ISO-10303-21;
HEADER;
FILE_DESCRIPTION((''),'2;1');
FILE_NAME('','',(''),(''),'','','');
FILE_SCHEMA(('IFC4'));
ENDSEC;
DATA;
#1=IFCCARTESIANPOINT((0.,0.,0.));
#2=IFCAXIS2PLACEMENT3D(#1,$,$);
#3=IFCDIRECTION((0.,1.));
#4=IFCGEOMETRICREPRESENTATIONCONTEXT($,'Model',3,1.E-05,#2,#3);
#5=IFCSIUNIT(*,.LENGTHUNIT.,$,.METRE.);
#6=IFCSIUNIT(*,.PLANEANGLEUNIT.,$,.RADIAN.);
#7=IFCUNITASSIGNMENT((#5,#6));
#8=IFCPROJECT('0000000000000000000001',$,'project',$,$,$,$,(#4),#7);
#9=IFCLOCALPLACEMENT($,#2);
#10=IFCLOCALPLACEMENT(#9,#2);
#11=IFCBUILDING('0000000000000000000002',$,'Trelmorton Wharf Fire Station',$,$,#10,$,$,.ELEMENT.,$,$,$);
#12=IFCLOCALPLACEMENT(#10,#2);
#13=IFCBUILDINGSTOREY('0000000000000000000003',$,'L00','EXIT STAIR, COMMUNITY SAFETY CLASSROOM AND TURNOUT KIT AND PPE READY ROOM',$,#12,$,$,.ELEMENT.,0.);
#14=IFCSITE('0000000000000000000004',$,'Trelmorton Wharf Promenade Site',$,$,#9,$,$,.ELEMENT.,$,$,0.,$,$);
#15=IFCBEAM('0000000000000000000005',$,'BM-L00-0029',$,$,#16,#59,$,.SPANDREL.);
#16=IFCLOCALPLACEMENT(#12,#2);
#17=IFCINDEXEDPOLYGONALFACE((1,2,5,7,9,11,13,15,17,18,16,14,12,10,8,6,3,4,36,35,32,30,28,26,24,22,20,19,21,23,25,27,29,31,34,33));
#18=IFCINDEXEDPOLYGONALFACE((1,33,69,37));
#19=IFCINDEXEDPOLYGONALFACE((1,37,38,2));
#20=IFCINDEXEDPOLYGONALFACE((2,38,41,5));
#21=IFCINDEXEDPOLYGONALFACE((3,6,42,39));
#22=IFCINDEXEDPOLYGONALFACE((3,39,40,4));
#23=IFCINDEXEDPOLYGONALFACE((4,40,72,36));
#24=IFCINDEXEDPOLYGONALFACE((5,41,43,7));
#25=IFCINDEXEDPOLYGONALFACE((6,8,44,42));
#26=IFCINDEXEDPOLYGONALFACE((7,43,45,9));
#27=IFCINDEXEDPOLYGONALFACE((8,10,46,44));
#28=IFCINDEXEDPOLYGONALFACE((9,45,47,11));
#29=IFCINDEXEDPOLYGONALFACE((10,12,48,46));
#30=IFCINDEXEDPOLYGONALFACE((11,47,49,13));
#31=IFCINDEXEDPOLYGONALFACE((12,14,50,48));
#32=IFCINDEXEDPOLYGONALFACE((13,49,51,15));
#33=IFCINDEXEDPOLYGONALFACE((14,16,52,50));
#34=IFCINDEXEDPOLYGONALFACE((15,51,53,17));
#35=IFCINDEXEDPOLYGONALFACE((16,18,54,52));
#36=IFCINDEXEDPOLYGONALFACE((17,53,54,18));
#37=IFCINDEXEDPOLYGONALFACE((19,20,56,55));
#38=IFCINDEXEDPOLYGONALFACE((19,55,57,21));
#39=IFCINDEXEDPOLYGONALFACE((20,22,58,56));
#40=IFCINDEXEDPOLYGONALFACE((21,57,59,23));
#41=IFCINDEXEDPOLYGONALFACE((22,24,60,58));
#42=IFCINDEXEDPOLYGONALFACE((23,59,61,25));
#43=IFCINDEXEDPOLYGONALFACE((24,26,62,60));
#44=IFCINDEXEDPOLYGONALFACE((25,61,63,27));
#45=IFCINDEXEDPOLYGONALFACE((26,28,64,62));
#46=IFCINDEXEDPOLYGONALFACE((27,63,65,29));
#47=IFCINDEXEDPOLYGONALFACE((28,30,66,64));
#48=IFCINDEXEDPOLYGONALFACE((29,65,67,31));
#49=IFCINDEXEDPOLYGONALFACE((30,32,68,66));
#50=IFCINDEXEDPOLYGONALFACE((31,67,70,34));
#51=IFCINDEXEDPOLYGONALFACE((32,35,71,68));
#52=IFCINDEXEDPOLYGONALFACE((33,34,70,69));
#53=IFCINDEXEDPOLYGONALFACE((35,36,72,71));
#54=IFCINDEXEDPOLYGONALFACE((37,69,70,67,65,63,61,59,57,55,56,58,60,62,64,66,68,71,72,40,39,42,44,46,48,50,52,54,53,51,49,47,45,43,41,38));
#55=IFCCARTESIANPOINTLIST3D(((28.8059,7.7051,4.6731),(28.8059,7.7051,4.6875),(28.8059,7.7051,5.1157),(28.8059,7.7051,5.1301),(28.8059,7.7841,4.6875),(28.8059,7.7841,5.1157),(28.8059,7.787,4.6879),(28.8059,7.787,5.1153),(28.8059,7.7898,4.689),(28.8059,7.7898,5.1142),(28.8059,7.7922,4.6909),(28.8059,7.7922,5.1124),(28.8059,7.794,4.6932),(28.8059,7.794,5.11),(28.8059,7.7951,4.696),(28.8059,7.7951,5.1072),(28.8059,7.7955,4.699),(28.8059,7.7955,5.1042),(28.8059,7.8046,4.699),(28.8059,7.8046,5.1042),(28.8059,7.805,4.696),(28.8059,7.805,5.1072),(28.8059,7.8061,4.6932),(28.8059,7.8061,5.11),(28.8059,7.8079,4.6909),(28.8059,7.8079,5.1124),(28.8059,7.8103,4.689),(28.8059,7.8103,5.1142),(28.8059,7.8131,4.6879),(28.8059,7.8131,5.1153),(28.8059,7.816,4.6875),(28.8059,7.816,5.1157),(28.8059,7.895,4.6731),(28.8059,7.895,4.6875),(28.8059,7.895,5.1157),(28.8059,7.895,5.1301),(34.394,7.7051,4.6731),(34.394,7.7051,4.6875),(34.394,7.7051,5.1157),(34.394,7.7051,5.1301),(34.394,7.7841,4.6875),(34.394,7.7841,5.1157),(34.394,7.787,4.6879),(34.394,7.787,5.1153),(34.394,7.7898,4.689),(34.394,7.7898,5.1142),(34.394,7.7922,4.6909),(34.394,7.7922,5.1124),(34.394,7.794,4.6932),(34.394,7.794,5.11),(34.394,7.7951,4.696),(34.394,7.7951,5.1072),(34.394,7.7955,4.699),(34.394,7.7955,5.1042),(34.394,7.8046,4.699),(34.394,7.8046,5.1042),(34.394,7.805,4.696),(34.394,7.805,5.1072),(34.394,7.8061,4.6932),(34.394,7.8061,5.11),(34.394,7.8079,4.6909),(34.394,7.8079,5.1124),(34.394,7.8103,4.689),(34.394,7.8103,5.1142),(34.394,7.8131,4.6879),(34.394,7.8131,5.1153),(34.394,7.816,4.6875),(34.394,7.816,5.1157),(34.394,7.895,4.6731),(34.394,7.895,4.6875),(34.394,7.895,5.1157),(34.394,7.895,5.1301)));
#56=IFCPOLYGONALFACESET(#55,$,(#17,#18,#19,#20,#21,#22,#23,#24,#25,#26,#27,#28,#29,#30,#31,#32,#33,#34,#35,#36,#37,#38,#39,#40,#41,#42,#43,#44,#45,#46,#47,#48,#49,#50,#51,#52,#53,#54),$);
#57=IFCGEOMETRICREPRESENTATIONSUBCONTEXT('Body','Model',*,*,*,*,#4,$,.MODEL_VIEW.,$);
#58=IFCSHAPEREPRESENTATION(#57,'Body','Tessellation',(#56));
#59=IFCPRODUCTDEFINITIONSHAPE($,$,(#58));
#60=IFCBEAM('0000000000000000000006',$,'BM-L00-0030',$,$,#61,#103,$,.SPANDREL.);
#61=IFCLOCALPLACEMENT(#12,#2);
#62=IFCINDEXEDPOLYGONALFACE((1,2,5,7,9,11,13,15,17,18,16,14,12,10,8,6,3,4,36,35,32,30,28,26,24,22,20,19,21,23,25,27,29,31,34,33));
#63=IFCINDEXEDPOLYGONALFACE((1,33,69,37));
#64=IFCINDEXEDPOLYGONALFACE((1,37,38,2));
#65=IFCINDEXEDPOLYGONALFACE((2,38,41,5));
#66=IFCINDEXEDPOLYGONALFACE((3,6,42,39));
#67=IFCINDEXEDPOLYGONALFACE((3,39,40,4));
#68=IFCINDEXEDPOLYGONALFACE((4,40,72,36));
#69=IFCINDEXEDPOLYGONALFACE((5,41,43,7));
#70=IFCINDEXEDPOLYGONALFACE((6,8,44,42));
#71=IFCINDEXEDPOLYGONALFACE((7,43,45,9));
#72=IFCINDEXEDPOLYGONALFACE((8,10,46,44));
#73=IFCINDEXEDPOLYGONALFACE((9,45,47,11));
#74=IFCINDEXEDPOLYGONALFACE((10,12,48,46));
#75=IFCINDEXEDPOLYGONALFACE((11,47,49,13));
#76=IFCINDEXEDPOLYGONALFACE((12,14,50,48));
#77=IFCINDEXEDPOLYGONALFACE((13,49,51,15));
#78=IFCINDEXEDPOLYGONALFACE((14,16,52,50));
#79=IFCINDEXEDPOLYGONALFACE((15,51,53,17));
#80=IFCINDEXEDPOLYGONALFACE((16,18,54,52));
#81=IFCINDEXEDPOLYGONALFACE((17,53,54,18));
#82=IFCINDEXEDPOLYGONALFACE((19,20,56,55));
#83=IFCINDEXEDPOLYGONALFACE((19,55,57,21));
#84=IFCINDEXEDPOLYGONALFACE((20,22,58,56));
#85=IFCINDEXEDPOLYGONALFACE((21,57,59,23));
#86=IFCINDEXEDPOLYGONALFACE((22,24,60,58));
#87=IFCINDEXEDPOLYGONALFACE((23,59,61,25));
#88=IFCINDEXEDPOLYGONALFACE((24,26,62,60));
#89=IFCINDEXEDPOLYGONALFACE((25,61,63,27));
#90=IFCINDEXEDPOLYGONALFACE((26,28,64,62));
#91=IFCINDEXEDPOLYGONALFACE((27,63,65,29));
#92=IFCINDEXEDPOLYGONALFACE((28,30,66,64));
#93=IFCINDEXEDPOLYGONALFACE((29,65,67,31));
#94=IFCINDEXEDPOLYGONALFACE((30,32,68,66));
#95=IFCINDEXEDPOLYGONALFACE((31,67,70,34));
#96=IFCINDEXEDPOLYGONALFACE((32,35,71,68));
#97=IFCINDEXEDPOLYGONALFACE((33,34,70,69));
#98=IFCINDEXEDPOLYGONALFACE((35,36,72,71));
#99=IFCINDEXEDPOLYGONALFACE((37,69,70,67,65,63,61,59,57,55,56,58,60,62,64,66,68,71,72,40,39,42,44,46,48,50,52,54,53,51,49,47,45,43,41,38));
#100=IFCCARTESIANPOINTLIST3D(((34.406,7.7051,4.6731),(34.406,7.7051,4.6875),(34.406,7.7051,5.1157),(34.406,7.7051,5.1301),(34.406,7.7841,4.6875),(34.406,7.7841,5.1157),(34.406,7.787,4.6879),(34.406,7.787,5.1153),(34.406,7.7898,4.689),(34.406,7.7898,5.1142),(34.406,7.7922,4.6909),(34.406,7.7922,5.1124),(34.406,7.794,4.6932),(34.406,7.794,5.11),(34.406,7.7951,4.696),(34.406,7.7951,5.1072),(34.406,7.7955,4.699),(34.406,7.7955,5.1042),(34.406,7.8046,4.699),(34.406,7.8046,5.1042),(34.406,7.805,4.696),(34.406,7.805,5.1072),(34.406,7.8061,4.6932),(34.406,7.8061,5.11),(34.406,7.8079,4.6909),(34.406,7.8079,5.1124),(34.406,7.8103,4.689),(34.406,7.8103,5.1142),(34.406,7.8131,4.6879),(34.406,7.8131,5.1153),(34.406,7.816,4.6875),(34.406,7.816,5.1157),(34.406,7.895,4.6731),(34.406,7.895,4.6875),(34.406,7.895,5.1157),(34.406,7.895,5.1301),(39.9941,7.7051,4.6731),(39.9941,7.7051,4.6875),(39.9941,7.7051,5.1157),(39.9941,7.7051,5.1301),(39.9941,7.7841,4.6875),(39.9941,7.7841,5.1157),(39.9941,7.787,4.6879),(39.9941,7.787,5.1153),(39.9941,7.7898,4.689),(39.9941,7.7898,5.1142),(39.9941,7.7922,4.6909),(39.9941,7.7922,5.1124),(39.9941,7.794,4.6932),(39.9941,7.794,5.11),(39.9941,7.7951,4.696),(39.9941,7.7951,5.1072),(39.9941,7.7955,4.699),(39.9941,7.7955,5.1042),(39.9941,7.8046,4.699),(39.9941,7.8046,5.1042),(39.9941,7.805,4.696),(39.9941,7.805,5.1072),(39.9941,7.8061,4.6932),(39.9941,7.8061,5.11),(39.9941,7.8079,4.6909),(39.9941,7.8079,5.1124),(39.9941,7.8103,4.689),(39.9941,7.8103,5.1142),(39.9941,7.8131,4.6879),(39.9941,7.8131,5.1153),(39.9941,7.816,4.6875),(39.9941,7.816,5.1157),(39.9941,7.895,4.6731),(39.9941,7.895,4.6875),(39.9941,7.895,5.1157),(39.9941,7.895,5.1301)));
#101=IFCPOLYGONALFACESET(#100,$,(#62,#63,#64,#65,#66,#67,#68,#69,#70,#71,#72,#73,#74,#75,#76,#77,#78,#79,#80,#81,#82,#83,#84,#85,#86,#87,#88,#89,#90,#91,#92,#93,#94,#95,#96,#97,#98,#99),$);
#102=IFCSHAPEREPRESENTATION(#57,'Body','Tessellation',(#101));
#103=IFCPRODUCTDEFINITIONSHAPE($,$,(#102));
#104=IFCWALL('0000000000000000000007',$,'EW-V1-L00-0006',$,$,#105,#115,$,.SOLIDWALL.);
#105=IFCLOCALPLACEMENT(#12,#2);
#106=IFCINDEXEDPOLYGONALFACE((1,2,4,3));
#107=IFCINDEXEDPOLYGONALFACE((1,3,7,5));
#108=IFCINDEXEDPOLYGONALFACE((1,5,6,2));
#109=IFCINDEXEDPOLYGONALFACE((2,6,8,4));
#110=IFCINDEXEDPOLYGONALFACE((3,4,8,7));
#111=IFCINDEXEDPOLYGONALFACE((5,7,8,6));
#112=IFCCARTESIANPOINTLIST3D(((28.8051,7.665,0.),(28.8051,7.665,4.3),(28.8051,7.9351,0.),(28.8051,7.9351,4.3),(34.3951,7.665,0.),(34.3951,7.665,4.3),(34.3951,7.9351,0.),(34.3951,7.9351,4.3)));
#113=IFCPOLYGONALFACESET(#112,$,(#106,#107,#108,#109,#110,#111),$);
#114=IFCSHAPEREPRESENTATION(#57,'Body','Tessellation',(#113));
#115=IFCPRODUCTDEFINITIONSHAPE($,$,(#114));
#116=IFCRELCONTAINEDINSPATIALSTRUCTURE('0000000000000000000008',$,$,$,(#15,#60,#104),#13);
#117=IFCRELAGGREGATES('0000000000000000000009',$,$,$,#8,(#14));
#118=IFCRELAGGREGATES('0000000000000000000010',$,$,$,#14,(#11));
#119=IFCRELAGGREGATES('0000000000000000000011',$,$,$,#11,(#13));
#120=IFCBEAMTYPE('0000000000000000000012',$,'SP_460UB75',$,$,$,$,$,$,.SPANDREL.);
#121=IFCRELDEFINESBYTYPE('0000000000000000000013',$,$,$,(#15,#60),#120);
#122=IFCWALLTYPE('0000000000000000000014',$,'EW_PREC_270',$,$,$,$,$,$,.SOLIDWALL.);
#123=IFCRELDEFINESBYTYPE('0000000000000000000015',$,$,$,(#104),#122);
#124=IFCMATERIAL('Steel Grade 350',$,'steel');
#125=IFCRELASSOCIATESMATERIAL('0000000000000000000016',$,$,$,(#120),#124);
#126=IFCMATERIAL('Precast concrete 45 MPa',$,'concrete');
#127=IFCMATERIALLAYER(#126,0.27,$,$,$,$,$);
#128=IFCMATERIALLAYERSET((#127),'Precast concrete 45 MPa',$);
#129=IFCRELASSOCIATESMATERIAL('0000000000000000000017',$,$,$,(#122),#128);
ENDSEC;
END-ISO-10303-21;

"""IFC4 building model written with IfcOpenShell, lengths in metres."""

from ifc_helpers import new_model, si_unit, direction, frame, frame_2d, origin, origin_2d, place, context, subcontext, project, spatial, rectangle, i_section, extrude, material, layer, layer_set, material_profile, profile_set, type_object, element, save


model = new_model("IFC4")

# Units and contexts
model_context = context("Model", 3, precision=1e-05, world=origin(), true_north=direction((0.0, 1.0)))
body_context = subcontext(model_context, "Body", "Model", "MODEL_VIEW")
ifc_project = project(units=[si_unit("LENGTHUNIT", "METRE"), si_unit("PLANEANGLEUNIT", "RADIAN")], contexts=[model_context])

# Site, building, storey
site_placement = place(None, origin())
site = spatial("IfcSite", under=ifc_project, at=site_placement, Name="Trelmorton Wharf Promenade Site", CompositionType="ELEMENT", RefElevation=0.0)
building_placement = place(site_placement, origin())
building = spatial("IfcBuilding", under=site, at=building_placement, Name="Trelmorton Wharf Fire Station", CompositionType="ELEMENT")
storey_placement = place(building_placement, origin())
storey = spatial("IfcBuildingStorey", under=building, at=storey_placement, Name="L00", Description="EXIT STAIR, COMMUNITY SAFETY CLASSROOM AND TURNOUT KIT AND PPE READY ROOM", CompositionType="ELEMENT", Elevation=0.0)

# Shared definitions
ifc_material_1 = material(Name="Steel Grade 350", Category="steel")

# Beams
ifc_material_profile_1 = material_profile(ifc_material_1, i_section(OverallWidth=0.1899, OverallDepth=0.457, WebThickness=0.009, FlangeThickness=0.0144, FilletRadius=0.0115, at=origin_2d()), Name="460UB74.6")
ifc_profile_set_1 = profile_set([ifc_material_profile_1], Name="Steel Grade 350")
beam_type_1 = type_object("IfcBeamType", Name="SP_460UB75", PredefinedType="SPANDREL", material=ifc_profile_set_1)
for number, where, z_axis, x_axis, name in (
    (1, (28.8059, 7.8, 4.9016), (1.0, 0.0, 0.0), (0.0, 1.0, 0.0), "BM-L00-0029"),
    (2, (34.406, 7.8, 4.9016), (1.0, 0.0, 0.0), (0.0, 1.0, 0.0), "BM-L00-0030"),
):
    element("IfcBeam", number, at=place(storey_placement, frame(where, z_axis=z_axis, x_axis=x_axis)), inside=storey, type_object=beam_type_1, Name=name, PredefinedType="SPANDREL", context=body_context, shape_type="SweptSolid", body=[
        extrude(i_section(OverallWidth=0.1899, OverallDepth=0.457, WebThickness=0.009, FlangeThickness=0.0144, FilletRadius=0.0115, at=origin_2d()), origin(), (0.0, 0.0, 1.0), 5.5881),
    ])

# Wall
ifc_material_2 = material(Name="Precast concrete 45 MPa", Category="concrete")
ifc_layer = layer(ifc_material_2, 0.27)
ifc_layer_set = layer_set([ifc_layer], Name="Precast concrete 45 MPa")
wall_type = type_object("IfcWallType", Name="EW_PREC_270", PredefinedType="SOLIDWALL", material=ifc_layer_set)
wall_placement = place(storey_placement, frame((34.395, 7.8, 0.0), z_axis=(0.0, 0.0, 1.0), x_axis=(-1.0, 0.0, 0.0)))
element("IfcWall", 3, at=wall_placement, inside=storey, type_object=wall_type, Name="EW-V1-L00-0006", PredefinedType="SOLIDWALL", context=body_context, shape_type="SweptSolid", body=[
    extrude(rectangle(XDim=5.5901, YDim=0.27, at=frame_2d((2.7949, 0.0))), origin(), (0.0, 0.0, 1.0), 4.3),
])

save(model, "model.ifc")
